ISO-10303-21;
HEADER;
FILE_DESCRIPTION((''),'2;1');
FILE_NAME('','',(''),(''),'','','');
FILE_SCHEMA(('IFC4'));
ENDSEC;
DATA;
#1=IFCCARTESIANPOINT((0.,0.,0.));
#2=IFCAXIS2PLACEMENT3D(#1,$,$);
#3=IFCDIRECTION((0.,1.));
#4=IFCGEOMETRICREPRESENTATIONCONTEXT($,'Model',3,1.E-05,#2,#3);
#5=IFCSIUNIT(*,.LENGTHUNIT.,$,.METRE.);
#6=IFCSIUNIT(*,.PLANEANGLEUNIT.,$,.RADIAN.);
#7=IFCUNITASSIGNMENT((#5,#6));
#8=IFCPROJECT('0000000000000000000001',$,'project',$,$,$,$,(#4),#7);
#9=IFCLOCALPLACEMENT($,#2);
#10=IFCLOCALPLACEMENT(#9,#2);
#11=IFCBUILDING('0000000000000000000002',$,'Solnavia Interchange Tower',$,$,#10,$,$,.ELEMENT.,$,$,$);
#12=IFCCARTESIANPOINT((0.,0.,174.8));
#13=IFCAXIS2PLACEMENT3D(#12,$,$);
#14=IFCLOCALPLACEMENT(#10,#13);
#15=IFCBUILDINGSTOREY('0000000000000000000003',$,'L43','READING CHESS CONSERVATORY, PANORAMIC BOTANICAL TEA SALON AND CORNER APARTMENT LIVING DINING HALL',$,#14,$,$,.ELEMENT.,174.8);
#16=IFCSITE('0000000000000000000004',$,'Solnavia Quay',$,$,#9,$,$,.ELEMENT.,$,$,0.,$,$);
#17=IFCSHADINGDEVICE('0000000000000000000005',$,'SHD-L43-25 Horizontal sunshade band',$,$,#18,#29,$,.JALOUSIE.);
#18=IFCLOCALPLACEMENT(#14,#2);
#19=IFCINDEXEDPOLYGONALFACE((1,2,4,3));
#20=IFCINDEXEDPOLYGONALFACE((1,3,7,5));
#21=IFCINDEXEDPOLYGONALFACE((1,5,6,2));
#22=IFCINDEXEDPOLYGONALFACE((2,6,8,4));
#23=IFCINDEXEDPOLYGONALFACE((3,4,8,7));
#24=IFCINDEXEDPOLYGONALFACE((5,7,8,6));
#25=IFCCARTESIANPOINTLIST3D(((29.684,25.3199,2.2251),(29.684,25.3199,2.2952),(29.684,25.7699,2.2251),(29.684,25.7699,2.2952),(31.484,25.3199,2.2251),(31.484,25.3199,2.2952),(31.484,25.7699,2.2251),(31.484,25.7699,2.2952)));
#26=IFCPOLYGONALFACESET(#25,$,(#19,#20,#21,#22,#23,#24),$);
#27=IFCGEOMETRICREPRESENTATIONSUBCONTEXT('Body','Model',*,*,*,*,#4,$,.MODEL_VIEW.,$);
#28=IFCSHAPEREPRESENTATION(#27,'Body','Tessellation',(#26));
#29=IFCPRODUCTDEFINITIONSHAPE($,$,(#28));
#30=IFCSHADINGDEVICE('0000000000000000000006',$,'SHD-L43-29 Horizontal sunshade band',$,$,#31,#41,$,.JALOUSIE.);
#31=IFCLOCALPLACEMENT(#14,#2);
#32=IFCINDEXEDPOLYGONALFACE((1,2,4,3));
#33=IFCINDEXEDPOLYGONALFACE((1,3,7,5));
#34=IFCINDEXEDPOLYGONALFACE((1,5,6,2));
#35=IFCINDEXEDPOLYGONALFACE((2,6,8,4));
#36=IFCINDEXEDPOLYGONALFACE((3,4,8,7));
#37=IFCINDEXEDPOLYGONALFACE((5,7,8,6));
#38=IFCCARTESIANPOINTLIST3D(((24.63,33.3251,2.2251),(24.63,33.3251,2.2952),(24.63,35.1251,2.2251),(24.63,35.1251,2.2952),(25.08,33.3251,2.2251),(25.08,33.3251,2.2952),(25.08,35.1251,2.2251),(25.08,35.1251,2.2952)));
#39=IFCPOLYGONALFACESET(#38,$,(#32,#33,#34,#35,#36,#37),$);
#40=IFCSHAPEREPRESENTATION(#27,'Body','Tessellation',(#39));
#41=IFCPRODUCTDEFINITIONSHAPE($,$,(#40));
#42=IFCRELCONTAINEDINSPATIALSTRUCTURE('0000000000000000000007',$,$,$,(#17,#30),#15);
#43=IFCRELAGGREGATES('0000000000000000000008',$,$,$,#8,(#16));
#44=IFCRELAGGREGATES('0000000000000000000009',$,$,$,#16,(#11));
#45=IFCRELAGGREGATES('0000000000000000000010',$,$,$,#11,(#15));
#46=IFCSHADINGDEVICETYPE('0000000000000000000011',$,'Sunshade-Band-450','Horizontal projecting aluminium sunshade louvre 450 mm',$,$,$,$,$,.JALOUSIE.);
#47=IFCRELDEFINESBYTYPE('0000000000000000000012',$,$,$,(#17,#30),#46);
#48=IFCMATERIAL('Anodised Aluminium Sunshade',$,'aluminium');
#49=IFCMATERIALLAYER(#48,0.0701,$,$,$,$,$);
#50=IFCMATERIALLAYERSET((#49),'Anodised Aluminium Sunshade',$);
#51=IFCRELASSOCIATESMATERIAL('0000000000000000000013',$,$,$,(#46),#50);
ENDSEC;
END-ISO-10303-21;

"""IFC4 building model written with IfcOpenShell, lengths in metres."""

from ifc_helpers import new_model, si_unit, direction, frame, origin, origin_2d, place, context, subcontext, project, spatial, rectangle, extrude, material, layer, layer_set, type_object, element, save


model = new_model("IFC4")

# Units and contexts
model_context = context("Model", 3, precision=1e-05, world=origin(), true_north=direction((0.0, 1.0)))
body_context = subcontext(model_context, "Body", "Model", "MODEL_VIEW")
ifc_project = project(units=[si_unit("LENGTHUNIT", "METRE"), si_unit("PLANEANGLEUNIT", "RADIAN")], contexts=[model_context])

# Site, building, storey
site_placement = place(None, origin())
site = spatial("IfcSite", under=ifc_project, at=site_placement, Name="Solnavia Quay", CompositionType="ELEMENT", RefElevation=0.0)
building_placement = place(site_placement, origin())
building = spatial("IfcBuilding", under=site, at=building_placement, Name="Solnavia Interchange Tower", CompositionType="ELEMENT")
storey_placement = place(building_placement, frame((0.0, 0.0, 174.8)))
storey = spatial("IfcBuildingStorey", under=building, at=storey_placement, Name="L43", Description="READING CHESS CONSERVATORY, PANORAMIC BOTANICAL TEA SALON AND CORNER APARTMENT LIVING DINING HALL", CompositionType="ELEMENT", Elevation=174.8)

# Shading devices
ifc_material_1 = material(Name="Anodised Aluminium Sunshade", Category="aluminium")
ifc_layer_1 = layer(ifc_material_1, 0.0701)
ifc_layer_set_1 = layer_set([ifc_layer_1], Name="Anodised Aluminium Sunshade")
shading_device_type = type_object("IfcShadingDeviceType", Name="Sunshade-Band-450", Description="Horizontal projecting aluminium sunshade louvre 450 mm", PredefinedType="JALOUSIE", material=ifc_layer_set_1)
for number, where, z_axis, x_axis, name in (
    (1, (30.584, 25.5449, 2.2251), (0.0, 0.0, 1.0), (1.0, 0.0, 0.0), "SHD-L43-25 Horizontal sunshade band"),
    (2, (24.855, 34.2251, 2.2251), (0.0, 0.0, 1.0), (0.0, 1.0, 0.0), "SHD-L43-29 Horizontal sunshade band"),
):
    element("IfcShadingDevice", number, at=place(storey_placement, frame(where, z_axis=z_axis, x_axis=x_axis)), inside=storey, type_object=shading_device_type, Name=name, PredefinedType="JALOUSIE", context=body_context, shape_type="SweptSolid", body=[
        extrude(rectangle(XDim=1.8, YDim=0.45, at=origin_2d()), origin(), (0.0, 0.0, 1.0), 0.0701),
    ])

save(model, "model.ifc")
